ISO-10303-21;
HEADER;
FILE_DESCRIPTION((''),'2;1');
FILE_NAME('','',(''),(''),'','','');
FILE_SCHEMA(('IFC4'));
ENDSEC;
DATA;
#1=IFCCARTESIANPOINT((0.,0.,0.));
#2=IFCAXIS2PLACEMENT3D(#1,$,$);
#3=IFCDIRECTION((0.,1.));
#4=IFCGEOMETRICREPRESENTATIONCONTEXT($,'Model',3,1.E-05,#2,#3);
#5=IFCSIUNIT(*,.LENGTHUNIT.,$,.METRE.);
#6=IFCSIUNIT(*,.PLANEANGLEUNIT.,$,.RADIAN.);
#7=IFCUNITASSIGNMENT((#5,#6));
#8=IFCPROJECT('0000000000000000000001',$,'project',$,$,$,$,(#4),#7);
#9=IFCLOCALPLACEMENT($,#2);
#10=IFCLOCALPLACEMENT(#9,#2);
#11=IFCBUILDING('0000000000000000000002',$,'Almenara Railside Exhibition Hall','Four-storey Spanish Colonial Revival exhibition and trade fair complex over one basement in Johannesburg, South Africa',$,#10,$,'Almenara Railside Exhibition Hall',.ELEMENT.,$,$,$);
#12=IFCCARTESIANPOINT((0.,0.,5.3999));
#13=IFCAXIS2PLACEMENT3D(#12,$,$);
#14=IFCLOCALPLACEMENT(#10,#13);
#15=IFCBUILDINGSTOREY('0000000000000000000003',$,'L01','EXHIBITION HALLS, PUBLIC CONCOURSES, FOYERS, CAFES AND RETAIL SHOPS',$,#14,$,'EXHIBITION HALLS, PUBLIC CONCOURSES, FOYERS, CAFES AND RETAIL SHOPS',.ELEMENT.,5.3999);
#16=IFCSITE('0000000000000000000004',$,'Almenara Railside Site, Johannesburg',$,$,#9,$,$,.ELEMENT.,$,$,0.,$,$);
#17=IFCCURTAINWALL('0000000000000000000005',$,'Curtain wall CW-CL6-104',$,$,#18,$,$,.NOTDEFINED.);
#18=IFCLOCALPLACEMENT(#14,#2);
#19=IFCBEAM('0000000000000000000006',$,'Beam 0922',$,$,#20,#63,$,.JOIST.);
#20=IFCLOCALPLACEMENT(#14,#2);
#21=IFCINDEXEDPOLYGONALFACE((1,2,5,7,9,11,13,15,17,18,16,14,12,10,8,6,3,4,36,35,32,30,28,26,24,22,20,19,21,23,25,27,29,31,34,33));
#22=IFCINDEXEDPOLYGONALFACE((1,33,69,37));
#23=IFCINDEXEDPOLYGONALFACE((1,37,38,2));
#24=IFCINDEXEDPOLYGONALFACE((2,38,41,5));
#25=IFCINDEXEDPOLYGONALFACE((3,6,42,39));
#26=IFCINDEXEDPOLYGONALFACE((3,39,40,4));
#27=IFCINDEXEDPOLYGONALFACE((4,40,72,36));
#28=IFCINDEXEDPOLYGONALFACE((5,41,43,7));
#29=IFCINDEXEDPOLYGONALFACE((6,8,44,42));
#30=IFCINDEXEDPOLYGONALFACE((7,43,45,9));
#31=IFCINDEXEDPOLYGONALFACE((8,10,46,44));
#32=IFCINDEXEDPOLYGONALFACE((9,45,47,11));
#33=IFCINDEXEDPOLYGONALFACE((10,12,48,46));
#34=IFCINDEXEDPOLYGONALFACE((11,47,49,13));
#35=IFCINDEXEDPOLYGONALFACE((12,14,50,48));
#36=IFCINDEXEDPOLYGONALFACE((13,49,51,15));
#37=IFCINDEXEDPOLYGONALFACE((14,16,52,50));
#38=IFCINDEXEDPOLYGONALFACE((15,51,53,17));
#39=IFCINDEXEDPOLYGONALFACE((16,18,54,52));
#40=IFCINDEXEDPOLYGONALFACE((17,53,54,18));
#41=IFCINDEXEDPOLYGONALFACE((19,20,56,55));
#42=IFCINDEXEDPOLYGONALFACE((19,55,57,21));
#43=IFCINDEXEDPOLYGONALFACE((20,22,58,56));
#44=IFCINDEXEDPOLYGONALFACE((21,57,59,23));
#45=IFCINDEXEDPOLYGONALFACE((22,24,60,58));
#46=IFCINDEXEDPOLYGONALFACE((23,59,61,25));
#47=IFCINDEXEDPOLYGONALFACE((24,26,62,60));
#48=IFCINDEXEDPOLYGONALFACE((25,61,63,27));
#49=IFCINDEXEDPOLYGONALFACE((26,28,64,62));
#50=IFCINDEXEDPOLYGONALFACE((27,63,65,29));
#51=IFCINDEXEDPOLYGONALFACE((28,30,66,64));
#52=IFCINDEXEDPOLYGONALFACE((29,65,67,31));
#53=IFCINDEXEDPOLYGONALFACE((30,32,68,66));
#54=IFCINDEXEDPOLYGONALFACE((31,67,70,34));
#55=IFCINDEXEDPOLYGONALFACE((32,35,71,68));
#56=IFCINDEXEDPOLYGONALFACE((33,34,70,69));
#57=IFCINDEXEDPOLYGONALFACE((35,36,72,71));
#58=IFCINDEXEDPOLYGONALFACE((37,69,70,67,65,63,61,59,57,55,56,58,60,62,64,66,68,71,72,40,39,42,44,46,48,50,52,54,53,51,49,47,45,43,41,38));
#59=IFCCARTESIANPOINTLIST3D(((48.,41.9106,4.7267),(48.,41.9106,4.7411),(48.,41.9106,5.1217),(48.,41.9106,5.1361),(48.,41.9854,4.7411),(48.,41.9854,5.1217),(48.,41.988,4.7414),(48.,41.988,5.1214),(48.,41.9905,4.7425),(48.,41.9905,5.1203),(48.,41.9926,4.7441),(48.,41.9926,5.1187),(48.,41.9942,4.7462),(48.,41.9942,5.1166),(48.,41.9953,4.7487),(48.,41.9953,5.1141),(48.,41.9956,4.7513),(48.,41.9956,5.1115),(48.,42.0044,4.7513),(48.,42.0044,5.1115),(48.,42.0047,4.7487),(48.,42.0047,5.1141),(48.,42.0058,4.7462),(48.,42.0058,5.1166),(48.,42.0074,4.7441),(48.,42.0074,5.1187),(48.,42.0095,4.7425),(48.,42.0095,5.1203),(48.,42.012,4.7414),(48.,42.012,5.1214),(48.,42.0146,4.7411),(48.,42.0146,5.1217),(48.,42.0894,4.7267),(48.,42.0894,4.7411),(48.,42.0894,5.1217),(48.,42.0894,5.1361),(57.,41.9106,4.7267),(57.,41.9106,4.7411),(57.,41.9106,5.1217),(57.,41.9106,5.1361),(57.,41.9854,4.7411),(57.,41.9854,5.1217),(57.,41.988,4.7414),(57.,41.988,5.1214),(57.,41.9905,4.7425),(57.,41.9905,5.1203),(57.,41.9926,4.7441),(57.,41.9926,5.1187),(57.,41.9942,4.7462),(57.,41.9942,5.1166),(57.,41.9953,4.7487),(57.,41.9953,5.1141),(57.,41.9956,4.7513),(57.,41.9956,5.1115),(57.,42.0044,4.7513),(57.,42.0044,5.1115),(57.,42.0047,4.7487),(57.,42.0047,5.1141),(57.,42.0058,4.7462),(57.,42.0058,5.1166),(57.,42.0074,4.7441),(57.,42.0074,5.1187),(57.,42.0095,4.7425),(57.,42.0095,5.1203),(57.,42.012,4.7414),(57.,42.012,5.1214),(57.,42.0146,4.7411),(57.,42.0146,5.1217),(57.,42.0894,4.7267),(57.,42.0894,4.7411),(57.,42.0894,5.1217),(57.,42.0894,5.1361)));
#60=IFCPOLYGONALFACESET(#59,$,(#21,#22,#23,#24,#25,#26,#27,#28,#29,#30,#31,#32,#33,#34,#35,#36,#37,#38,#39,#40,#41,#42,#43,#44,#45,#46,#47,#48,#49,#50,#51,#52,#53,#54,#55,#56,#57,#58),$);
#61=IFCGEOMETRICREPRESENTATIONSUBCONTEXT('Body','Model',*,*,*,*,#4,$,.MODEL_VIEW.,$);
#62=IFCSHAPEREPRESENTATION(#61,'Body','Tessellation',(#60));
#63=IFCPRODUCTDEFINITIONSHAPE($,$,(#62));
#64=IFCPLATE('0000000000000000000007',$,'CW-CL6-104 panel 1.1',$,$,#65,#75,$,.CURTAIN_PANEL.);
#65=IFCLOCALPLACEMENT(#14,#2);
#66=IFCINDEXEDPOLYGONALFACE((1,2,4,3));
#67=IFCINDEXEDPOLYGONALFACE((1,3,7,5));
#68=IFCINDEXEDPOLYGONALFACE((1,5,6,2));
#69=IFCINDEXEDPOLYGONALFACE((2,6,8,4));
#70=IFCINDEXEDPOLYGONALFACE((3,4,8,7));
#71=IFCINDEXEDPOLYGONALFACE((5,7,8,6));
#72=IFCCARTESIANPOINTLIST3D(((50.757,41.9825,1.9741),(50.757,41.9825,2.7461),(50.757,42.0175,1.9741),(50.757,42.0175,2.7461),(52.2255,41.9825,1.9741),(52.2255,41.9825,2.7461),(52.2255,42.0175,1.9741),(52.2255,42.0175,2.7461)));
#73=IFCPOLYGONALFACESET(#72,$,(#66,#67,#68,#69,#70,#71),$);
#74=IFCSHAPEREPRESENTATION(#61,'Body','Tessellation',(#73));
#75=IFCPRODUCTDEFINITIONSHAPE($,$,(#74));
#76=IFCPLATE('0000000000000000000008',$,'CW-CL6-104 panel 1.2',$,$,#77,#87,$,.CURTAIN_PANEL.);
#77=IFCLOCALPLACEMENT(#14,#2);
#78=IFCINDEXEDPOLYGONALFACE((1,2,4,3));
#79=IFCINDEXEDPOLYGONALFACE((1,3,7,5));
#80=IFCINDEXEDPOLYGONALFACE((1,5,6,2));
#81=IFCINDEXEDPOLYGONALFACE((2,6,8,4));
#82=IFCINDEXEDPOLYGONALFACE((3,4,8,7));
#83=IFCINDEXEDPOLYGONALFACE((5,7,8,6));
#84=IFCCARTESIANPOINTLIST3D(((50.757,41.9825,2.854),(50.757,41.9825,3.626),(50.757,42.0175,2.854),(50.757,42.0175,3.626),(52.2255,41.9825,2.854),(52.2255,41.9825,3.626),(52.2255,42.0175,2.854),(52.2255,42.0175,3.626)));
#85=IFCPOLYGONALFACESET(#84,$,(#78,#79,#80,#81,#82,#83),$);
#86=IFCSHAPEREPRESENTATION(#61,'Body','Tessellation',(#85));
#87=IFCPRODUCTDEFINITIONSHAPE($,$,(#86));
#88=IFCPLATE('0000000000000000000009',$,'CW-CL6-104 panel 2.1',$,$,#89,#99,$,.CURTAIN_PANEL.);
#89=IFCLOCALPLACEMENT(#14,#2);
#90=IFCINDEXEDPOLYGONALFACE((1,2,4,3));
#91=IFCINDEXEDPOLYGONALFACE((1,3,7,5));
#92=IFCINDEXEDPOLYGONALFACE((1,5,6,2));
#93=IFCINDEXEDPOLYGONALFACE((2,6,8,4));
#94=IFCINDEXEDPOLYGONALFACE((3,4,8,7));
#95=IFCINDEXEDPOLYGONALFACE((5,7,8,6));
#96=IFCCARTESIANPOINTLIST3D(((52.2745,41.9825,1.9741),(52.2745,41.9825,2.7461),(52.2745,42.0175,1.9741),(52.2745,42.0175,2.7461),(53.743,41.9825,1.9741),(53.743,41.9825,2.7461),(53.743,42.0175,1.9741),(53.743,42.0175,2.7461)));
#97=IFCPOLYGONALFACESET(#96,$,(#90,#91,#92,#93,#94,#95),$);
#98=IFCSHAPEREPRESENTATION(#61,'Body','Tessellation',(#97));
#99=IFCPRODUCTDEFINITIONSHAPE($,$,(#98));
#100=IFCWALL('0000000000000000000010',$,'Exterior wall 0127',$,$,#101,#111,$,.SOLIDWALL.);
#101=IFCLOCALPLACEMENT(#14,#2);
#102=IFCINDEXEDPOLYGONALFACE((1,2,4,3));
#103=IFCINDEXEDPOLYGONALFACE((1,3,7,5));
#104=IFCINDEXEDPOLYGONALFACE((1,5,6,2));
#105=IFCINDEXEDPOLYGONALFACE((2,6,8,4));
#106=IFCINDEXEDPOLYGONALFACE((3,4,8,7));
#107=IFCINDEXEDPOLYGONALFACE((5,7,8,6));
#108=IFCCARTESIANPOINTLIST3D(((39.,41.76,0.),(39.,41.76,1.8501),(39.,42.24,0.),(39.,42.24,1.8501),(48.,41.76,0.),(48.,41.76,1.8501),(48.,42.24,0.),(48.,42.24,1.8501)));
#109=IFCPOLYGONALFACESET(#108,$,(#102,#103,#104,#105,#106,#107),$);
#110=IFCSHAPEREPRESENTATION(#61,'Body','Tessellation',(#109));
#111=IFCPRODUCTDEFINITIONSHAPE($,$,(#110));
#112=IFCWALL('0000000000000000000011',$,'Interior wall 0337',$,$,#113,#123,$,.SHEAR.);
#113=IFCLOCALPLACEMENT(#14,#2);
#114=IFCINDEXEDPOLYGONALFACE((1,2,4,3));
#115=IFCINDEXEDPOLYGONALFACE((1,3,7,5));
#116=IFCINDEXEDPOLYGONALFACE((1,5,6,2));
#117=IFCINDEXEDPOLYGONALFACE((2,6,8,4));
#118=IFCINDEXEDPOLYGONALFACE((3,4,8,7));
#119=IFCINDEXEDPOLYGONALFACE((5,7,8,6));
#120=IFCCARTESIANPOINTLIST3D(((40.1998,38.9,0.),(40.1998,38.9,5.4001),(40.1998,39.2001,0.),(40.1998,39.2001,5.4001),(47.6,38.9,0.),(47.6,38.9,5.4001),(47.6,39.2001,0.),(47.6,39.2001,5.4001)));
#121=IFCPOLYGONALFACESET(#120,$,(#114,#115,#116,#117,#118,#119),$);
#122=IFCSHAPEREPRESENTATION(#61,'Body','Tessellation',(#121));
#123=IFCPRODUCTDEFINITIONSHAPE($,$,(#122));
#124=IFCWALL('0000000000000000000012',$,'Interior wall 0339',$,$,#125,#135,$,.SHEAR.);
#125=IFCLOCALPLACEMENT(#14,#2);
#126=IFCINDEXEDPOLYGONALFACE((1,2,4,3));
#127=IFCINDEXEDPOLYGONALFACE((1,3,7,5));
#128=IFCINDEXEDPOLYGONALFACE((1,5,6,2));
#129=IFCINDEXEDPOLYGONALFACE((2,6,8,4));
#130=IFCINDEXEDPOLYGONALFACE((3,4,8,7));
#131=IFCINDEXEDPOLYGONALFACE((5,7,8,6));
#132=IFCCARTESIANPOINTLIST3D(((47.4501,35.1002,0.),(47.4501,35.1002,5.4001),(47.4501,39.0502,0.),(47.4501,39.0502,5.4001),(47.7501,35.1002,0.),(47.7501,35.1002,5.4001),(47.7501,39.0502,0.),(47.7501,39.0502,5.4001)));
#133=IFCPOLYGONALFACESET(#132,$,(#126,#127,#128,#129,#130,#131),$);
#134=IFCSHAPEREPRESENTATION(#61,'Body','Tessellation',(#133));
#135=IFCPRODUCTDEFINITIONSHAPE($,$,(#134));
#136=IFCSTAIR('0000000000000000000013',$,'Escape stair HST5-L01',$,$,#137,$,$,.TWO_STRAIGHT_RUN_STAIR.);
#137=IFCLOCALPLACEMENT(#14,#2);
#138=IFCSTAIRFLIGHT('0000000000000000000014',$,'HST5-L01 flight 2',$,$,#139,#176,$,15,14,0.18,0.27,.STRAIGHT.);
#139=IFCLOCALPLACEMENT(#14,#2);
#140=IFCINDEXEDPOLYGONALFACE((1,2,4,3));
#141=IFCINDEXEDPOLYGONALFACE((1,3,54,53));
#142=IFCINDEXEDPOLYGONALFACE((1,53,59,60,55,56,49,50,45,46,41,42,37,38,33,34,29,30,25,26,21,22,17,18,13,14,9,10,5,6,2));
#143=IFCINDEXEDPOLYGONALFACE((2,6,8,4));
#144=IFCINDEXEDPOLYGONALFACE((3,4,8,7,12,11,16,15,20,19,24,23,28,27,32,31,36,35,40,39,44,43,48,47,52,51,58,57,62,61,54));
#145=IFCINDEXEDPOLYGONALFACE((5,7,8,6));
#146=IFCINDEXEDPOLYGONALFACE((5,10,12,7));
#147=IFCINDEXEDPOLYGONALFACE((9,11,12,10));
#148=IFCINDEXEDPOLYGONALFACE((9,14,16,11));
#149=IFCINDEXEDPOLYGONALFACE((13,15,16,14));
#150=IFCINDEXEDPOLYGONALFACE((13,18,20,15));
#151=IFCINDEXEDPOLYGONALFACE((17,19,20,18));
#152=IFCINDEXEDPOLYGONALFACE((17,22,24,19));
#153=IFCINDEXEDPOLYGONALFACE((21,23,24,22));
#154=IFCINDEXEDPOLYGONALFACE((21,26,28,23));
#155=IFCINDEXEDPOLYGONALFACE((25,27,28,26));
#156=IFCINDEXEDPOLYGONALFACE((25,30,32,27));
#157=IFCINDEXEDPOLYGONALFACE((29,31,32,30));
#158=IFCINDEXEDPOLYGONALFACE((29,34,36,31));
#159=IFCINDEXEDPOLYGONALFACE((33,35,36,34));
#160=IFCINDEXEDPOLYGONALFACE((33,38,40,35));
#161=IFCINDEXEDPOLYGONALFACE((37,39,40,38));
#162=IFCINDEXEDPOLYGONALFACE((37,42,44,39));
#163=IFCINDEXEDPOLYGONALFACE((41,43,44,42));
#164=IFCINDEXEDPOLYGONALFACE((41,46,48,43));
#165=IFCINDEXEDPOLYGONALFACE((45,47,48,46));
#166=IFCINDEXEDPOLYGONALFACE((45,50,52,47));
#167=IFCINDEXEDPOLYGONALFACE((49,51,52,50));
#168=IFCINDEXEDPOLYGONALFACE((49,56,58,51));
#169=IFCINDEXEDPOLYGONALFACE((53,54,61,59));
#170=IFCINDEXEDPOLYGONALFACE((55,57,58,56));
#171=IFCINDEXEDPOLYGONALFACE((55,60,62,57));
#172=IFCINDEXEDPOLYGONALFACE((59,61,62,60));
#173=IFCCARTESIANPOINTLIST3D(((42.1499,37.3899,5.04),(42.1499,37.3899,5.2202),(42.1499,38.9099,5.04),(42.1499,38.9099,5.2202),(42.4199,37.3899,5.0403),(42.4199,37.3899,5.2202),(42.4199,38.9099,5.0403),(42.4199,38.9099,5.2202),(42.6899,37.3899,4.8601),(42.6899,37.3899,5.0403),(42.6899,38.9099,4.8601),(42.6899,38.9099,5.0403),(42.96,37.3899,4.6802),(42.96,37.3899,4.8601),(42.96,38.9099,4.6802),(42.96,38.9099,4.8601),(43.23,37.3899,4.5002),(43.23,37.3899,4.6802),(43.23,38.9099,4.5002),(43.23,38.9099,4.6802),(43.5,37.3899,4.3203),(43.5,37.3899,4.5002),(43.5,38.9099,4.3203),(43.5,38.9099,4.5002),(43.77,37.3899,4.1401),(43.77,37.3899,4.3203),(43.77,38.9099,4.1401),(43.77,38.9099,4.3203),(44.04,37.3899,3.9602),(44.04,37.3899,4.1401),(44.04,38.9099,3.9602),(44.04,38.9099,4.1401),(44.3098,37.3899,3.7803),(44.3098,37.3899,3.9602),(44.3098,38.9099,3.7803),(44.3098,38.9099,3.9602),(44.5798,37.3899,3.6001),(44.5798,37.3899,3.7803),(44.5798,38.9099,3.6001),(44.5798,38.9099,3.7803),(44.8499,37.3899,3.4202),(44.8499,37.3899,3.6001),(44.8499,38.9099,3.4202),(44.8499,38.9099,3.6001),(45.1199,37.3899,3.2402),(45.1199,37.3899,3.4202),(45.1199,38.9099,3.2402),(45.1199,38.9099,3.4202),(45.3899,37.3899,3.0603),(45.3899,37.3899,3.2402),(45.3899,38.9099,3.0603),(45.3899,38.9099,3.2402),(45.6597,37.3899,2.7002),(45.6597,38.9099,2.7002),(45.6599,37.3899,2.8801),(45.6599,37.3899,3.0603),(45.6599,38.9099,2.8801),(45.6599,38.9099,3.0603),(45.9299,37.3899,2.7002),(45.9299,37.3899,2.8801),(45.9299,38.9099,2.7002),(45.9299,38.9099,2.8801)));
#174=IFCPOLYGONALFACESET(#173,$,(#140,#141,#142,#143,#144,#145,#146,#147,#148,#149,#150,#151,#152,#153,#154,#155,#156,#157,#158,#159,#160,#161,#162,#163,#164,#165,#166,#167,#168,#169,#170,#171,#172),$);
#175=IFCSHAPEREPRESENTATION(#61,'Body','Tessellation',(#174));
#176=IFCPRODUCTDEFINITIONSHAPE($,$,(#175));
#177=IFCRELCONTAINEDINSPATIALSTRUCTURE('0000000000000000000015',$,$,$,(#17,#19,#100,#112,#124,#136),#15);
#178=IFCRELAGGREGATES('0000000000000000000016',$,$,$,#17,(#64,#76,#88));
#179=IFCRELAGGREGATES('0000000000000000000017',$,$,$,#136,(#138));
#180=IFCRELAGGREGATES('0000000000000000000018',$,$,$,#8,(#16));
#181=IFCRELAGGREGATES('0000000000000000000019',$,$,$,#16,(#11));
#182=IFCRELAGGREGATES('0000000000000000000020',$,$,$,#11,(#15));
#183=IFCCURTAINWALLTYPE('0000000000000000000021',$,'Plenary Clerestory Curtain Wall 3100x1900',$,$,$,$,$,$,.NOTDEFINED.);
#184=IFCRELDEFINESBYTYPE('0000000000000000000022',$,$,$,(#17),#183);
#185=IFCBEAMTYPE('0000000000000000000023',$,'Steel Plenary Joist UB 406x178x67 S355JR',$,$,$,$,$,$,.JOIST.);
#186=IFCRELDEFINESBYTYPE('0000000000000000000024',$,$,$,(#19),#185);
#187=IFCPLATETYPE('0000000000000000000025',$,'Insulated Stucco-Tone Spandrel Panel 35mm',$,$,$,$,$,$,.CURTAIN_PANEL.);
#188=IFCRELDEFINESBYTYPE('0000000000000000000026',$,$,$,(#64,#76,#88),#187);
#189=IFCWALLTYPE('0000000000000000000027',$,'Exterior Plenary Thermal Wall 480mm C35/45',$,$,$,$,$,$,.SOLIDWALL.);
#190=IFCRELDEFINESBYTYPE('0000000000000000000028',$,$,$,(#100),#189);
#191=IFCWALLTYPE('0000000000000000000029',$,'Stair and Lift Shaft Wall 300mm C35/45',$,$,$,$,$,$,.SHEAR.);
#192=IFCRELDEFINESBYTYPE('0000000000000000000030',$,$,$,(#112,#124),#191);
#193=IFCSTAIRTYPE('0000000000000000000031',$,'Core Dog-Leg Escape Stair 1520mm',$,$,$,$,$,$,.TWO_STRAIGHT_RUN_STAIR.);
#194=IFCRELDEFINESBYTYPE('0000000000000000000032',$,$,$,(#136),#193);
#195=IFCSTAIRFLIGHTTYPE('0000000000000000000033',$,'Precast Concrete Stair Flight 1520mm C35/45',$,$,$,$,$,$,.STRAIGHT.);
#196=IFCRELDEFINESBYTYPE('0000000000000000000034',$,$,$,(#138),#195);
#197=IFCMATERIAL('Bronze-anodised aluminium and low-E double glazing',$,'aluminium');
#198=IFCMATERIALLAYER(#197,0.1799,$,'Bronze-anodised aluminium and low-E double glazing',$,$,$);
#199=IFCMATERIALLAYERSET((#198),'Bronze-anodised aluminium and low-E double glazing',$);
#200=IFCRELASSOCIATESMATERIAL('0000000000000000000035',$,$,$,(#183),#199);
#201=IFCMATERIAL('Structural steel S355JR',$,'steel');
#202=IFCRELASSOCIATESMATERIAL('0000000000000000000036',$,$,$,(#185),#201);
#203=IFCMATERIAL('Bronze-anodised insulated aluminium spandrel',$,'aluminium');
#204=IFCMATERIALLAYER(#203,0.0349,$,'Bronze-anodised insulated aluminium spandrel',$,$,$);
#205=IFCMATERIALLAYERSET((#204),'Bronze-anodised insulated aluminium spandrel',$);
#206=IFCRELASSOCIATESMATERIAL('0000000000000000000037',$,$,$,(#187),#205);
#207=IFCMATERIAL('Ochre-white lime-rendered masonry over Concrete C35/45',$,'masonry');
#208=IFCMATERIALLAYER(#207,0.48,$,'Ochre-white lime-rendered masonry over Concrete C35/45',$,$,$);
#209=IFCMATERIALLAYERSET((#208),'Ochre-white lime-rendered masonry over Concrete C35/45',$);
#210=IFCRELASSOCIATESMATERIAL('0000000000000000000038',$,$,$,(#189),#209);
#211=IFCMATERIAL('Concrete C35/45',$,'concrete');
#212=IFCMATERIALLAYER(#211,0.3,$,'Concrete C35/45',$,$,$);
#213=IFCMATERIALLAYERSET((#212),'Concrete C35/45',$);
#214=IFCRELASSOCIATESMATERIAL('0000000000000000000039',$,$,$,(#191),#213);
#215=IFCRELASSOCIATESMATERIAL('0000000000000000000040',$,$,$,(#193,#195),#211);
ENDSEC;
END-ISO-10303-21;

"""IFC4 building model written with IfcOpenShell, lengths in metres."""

from ifc_helpers import new_model, si_unit, direction, frame, frame_2d, origin, origin_2d, place, context, subcontext, project, spatial, polyline, rectangle, i_section, outline, extrude, material, layer, layer_set, material_profile, profile_set, type_object, element, aggregate, save


model = new_model("IFC4")

# Units and contexts
model_context = context("Model", 3, precision=1e-05, world=origin(), true_north=direction((0.0, 1.0)))
body_context = subcontext(model_context, "Body", "Model", "MODEL_VIEW")
ifc_project = project(units=[si_unit("LENGTHUNIT", "METRE"), si_unit("PLANEANGLEUNIT", "RADIAN")], contexts=[model_context])

# Site, building, storey
site_placement = place(None, origin())
site = spatial("IfcSite", under=ifc_project, at=site_placement, Name="Almenara Railside Site, Johannesburg", CompositionType="ELEMENT", RefElevation=0.0)
building_placement = place(site_placement, origin())
building = spatial("IfcBuilding", under=site, at=building_placement, Name="Almenara Railside Exhibition Hall", Description="Four-storey Spanish Colonial Revival exhibition and trade fair complex over one basement in Johannesburg, South Africa", LongName="Almenara Railside Exhibition Hall", CompositionType="ELEMENT")
storey_placement = place(building_placement, frame((0.0, 0.0, 5.3999)))
storey = spatial("IfcBuildingStorey", under=building, at=storey_placement, Name="L01", Description="EXHIBITION HALLS, PUBLIC CONCOURSES, FOYERS, CAFES AND RETAIL SHOPS", LongName="EXHIBITION HALLS, PUBLIC CONCOURSES, FOYERS, CAFES AND RETAIL SHOPS", CompositionType="ELEMENT", Elevation=5.3999)

# Shared definitions
ifc_material_1 = material(Name="Concrete C35/45", Category="concrete")

# Shared definitions
ifc_material_2 = material(Name="Bronze-anodised aluminium and low-E double glazing", Category="aluminium")

# Curtain wall
ifc_layer_1 = layer(ifc_material_2, 0.1799, Name="Bronze-anodised aluminium and low-E double glazing")
ifc_layer_set_1 = layer_set([ifc_layer_1], Name="Bronze-anodised aluminium and low-E double glazing")
curtain_wall_type_1 = type_object("IfcCurtainWallType", Name="Plenary Clerestory Curtain Wall 3100x1900", PredefinedType="NOTDEFINED", material=ifc_layer_set_1)
curtain_wall_1_placement = place(storey_placement, origin())
curtain_wall_1 = element("IfcCurtainWall", 1, at=curtain_wall_1_placement, inside=storey, type_object=curtain_wall_type_1, Name="Curtain wall CW-CL6-104", PredefinedType="NOTDEFINED")

# Beam
ifc_material_3 = material(Name="Structural steel S355JR", Category="steel")
ifc_material_profile_1 = material_profile(ifc_material_3, i_section(OverallWidth=0.1787, OverallDepth=0.4094, WebThickness=0.0088, FlangeThickness=0.0144, FilletRadius=0.0103, at=origin_2d()), Name="UB 406x178x67")
ifc_profile_set_1 = profile_set([ifc_material_profile_1], Name="Structural steel S355JR")
beam_type = type_object("IfcBeamType", Name="Steel Plenary Joist UB 406x178x67 S355JR", PredefinedType="JOIST", material=ifc_profile_set_1)
beam_placement = place(storey_placement, frame((48.0, 42.0, 4.9314), z_axis=(1.0, 0.0, 0.0), x_axis=(0.0, 1.0, 0.0)))
element("IfcBeam", 2, at=beam_placement, inside=storey, type_object=beam_type, Name="Beam 0922", PredefinedType="JOIST", context=body_context, shape_type="SweptSolid", body=[
    extrude(i_section(OverallWidth=0.1787, OverallDepth=0.4094, WebThickness=0.0088, FlangeThickness=0.0144, FilletRadius=0.0103, at=origin_2d()), origin(), (0.0, 0.0, 1.0), 9.0),
])

# Plates
ifc_material_4 = material(Name="Bronze-anodised insulated aluminium spandrel", Category="aluminium")
ifc_layer_2 = layer(ifc_material_4, 0.0349, Name="Bronze-anodised insulated aluminium spandrel")
ifc_layer_set_2 = layer_set([ifc_layer_2], Name="Bronze-anodised insulated aluminium spandrel")
plate_type = type_object("IfcPlateType", Name="Insulated Stucco-Tone Spandrel Panel 35mm", PredefinedType="CURTAIN_PANEL", material=ifc_layer_set_2)
plate_1_placement = place(storey_placement, frame((51.4912, 42.0, 1.9741), z_axis=(0.0, 0.0, 1.0), x_axis=(1.0, 0.0, 0.0)))
plate_1 = element("IfcPlate", 3, at=plate_1_placement, type_object=plate_type, Name="CW-CL6-104 panel 1.1", PredefinedType="CURTAIN_PANEL", context=body_context, shape_type="SweptSolid", body=[
    extrude(rectangle(XDim=1.4685, YDim=0.0349, at=origin_2d()), origin(), (0.0, 0.0, 1.0), 0.772),
])
plate_2_placement = place(storey_placement, frame((51.4912, 42.0, 2.854), z_axis=(0.0, 0.0, 1.0), x_axis=(1.0, 0.0, 0.0)))
plate_2 = element("IfcPlate", 4, at=plate_2_placement, type_object=plate_type, Name="CW-CL6-104 panel 1.2", PredefinedType="CURTAIN_PANEL", context=body_context, shape_type="SweptSolid", body=[
    extrude(rectangle(XDim=1.4685, YDim=0.0349, at=origin_2d()), origin(), (0.0, 0.0, 1.0), 0.772),
])
plate_3_placement = place(storey_placement, frame((53.0088, 42.0, 1.9741), z_axis=(0.0, 0.0, 1.0), x_axis=(1.0, 0.0, 0.0)))
plate_3 = element("IfcPlate", 5, at=plate_3_placement, type_object=plate_type, Name="CW-CL6-104 panel 2.1", PredefinedType="CURTAIN_PANEL", context=body_context, shape_type="SweptSolid", body=[
    extrude(rectangle(XDim=1.4685, YDim=0.0349, at=origin_2d()), origin(), (0.0, 0.0, 1.0), 0.772),
])
aggregate(curtain_wall_1, [plate_1, plate_2, plate_3])

# Walls
ifc_material_5 = material(Name="Ochre-white lime-rendered masonry over Concrete C35/45", Category="masonry")
ifc_layer_3 = layer(ifc_material_5, 0.48, Name="Ochre-white lime-rendered masonry over Concrete C35/45")
ifc_layer_set_3 = layer_set([ifc_layer_3], Name="Ochre-white lime-rendered masonry over Concrete C35/45")
wall_type_1 = type_object("IfcWallType", Name="Exterior Plenary Thermal Wall 480mm C35/45", PredefinedType="SOLIDWALL", material=ifc_layer_set_3)
wall_1_placement = place(storey_placement, frame((48.0, 42.0, 0.0), z_axis=(0.0, 0.0, 1.0), x_axis=(-1.0, 0.0, 0.0)))
element("IfcWall", 6, at=wall_1_placement, inside=storey, type_object=wall_type_1, Name="Exterior wall 0127", PredefinedType="SOLIDWALL", context=body_context, shape_type="SweptSolid", body=[
    extrude(rectangle(XDim=9.0, YDim=0.48, at=frame_2d((4.5, 0.0))), origin(), (0.0, 0.0, 1.0), 1.8501),
])
ifc_layer_4 = layer(ifc_material_1, 0.3, Name="Concrete C35/45")
ifc_layer_set_4 = layer_set([ifc_layer_4], Name="Concrete C35/45")
wall_type_2 = type_object("IfcWallType", Name="Stair and Lift Shaft Wall 300mm C35/45", PredefinedType="SHEAR", material=ifc_layer_set_4)
wall_2_placement = place(storey_placement, frame((47.6001, 39.05, 0.0), z_axis=(0.0, 0.0, 1.0), x_axis=(-1.0, 0.0, 0.0)))
element("IfcWall", 7, at=wall_2_placement, inside=storey, type_object=wall_type_2, Name="Interior wall 0337", PredefinedType="SHEAR", context=body_context, shape_type="SweptSolid", body=[
    extrude(rectangle(XDim=7.4001, YDim=0.3, at=frame_2d((3.7002, 0.0))), origin(), (0.0, 0.0, 1.0), 5.4001),
])
wall_3_placement = place(storey_placement, frame((47.6001, 35.1001, 0.0), z_axis=(0.0, 0.0, 1.0), x_axis=(0.0, 1.0, 0.0)))
element("IfcWall", 8, at=wall_3_placement, inside=storey, type_object=wall_type_2, Name="Interior wall 0339", PredefinedType="SHEAR", context=body_context, shape_type="SweptSolid", body=[
    extrude(rectangle(XDim=3.95, YDim=0.3, at=frame_2d((1.9751, 0.0))), origin(), (0.0, 0.0, 1.0), 5.4001),
])

# Stair, stair flight
stair_type = type_object("IfcStairType", Name="Core Dog-Leg Escape Stair 1520mm", PredefinedType="TWO_STRAIGHT_RUN_STAIR", material=ifc_material_1)
stair_placement = place(storey_placement, origin())
stair = element("IfcStair", 9, at=stair_placement, inside=storey, type_object=stair_type, Name="Escape stair HST5-L01", PredefinedType="TWO_STRAIGHT_RUN_STAIR")
stair_flight_type = type_object("IfcStairFlightType", Name="Precast Concrete Stair Flight 1520mm C35/45", PredefinedType="STRAIGHT", material=ifc_material_1)
stair_flight_placement = place(storey_placement, frame((45.9299, 38.1499, 2.7002), z_axis=(0.0, 0.0, 1.0), x_axis=(-1.0, 0.0, 0.0)))
stair_flight = element("IfcStairFlight", 10, at=stair_flight_placement, type_object=stair_flight_type, Name="HST5-L01 flight 2", NumberOfRisers=15, NumberOfTreads=14, PredefinedType="STRAIGHT", RiserHeight=0.18, TreadLength=0.27, context=body_context, shape_type="SweptSolid", body=[
    extrude(outline(polyline([(0.0, 0.0), (0.0, 0.1799), (0.27, 0.1799), (0.27, 0.3601), (0.54, 0.3601), (0.54, 0.54), (0.8101, 0.54), (0.8101, 0.72), (1.0801, 0.72), (1.0801, 0.8999), (1.3501, 0.8999), (1.3501, 1.0801), (1.6201, 1.0801), (1.6201, 1.26), (1.8899, 1.26), (1.8899, 1.4399), (2.1599, 1.4399), (2.1599, 1.6201), (2.4299, 1.6201), (2.4299, 1.8), (2.7, 1.8), (2.7, 1.98), (2.97, 1.98), (2.97, 2.1599), (3.24, 2.1599), (3.24, 2.3401), (3.51, 2.3401), (3.51, 2.52), (3.78, 2.52), (3.78, 2.7), (3.78, 2.3398), (0.2703, 0.0), (0.0, 0.0)])), frame((0.0, 0.76, 0.0), z_axis=(0.0, -1.0, 0.0), x_axis=(1.0, 0.0, 0.0)), (0.0, 0.0, 1.0), 1.52),
])
aggregate(stair, [stair_flight])

save(model, "model.ifc")
